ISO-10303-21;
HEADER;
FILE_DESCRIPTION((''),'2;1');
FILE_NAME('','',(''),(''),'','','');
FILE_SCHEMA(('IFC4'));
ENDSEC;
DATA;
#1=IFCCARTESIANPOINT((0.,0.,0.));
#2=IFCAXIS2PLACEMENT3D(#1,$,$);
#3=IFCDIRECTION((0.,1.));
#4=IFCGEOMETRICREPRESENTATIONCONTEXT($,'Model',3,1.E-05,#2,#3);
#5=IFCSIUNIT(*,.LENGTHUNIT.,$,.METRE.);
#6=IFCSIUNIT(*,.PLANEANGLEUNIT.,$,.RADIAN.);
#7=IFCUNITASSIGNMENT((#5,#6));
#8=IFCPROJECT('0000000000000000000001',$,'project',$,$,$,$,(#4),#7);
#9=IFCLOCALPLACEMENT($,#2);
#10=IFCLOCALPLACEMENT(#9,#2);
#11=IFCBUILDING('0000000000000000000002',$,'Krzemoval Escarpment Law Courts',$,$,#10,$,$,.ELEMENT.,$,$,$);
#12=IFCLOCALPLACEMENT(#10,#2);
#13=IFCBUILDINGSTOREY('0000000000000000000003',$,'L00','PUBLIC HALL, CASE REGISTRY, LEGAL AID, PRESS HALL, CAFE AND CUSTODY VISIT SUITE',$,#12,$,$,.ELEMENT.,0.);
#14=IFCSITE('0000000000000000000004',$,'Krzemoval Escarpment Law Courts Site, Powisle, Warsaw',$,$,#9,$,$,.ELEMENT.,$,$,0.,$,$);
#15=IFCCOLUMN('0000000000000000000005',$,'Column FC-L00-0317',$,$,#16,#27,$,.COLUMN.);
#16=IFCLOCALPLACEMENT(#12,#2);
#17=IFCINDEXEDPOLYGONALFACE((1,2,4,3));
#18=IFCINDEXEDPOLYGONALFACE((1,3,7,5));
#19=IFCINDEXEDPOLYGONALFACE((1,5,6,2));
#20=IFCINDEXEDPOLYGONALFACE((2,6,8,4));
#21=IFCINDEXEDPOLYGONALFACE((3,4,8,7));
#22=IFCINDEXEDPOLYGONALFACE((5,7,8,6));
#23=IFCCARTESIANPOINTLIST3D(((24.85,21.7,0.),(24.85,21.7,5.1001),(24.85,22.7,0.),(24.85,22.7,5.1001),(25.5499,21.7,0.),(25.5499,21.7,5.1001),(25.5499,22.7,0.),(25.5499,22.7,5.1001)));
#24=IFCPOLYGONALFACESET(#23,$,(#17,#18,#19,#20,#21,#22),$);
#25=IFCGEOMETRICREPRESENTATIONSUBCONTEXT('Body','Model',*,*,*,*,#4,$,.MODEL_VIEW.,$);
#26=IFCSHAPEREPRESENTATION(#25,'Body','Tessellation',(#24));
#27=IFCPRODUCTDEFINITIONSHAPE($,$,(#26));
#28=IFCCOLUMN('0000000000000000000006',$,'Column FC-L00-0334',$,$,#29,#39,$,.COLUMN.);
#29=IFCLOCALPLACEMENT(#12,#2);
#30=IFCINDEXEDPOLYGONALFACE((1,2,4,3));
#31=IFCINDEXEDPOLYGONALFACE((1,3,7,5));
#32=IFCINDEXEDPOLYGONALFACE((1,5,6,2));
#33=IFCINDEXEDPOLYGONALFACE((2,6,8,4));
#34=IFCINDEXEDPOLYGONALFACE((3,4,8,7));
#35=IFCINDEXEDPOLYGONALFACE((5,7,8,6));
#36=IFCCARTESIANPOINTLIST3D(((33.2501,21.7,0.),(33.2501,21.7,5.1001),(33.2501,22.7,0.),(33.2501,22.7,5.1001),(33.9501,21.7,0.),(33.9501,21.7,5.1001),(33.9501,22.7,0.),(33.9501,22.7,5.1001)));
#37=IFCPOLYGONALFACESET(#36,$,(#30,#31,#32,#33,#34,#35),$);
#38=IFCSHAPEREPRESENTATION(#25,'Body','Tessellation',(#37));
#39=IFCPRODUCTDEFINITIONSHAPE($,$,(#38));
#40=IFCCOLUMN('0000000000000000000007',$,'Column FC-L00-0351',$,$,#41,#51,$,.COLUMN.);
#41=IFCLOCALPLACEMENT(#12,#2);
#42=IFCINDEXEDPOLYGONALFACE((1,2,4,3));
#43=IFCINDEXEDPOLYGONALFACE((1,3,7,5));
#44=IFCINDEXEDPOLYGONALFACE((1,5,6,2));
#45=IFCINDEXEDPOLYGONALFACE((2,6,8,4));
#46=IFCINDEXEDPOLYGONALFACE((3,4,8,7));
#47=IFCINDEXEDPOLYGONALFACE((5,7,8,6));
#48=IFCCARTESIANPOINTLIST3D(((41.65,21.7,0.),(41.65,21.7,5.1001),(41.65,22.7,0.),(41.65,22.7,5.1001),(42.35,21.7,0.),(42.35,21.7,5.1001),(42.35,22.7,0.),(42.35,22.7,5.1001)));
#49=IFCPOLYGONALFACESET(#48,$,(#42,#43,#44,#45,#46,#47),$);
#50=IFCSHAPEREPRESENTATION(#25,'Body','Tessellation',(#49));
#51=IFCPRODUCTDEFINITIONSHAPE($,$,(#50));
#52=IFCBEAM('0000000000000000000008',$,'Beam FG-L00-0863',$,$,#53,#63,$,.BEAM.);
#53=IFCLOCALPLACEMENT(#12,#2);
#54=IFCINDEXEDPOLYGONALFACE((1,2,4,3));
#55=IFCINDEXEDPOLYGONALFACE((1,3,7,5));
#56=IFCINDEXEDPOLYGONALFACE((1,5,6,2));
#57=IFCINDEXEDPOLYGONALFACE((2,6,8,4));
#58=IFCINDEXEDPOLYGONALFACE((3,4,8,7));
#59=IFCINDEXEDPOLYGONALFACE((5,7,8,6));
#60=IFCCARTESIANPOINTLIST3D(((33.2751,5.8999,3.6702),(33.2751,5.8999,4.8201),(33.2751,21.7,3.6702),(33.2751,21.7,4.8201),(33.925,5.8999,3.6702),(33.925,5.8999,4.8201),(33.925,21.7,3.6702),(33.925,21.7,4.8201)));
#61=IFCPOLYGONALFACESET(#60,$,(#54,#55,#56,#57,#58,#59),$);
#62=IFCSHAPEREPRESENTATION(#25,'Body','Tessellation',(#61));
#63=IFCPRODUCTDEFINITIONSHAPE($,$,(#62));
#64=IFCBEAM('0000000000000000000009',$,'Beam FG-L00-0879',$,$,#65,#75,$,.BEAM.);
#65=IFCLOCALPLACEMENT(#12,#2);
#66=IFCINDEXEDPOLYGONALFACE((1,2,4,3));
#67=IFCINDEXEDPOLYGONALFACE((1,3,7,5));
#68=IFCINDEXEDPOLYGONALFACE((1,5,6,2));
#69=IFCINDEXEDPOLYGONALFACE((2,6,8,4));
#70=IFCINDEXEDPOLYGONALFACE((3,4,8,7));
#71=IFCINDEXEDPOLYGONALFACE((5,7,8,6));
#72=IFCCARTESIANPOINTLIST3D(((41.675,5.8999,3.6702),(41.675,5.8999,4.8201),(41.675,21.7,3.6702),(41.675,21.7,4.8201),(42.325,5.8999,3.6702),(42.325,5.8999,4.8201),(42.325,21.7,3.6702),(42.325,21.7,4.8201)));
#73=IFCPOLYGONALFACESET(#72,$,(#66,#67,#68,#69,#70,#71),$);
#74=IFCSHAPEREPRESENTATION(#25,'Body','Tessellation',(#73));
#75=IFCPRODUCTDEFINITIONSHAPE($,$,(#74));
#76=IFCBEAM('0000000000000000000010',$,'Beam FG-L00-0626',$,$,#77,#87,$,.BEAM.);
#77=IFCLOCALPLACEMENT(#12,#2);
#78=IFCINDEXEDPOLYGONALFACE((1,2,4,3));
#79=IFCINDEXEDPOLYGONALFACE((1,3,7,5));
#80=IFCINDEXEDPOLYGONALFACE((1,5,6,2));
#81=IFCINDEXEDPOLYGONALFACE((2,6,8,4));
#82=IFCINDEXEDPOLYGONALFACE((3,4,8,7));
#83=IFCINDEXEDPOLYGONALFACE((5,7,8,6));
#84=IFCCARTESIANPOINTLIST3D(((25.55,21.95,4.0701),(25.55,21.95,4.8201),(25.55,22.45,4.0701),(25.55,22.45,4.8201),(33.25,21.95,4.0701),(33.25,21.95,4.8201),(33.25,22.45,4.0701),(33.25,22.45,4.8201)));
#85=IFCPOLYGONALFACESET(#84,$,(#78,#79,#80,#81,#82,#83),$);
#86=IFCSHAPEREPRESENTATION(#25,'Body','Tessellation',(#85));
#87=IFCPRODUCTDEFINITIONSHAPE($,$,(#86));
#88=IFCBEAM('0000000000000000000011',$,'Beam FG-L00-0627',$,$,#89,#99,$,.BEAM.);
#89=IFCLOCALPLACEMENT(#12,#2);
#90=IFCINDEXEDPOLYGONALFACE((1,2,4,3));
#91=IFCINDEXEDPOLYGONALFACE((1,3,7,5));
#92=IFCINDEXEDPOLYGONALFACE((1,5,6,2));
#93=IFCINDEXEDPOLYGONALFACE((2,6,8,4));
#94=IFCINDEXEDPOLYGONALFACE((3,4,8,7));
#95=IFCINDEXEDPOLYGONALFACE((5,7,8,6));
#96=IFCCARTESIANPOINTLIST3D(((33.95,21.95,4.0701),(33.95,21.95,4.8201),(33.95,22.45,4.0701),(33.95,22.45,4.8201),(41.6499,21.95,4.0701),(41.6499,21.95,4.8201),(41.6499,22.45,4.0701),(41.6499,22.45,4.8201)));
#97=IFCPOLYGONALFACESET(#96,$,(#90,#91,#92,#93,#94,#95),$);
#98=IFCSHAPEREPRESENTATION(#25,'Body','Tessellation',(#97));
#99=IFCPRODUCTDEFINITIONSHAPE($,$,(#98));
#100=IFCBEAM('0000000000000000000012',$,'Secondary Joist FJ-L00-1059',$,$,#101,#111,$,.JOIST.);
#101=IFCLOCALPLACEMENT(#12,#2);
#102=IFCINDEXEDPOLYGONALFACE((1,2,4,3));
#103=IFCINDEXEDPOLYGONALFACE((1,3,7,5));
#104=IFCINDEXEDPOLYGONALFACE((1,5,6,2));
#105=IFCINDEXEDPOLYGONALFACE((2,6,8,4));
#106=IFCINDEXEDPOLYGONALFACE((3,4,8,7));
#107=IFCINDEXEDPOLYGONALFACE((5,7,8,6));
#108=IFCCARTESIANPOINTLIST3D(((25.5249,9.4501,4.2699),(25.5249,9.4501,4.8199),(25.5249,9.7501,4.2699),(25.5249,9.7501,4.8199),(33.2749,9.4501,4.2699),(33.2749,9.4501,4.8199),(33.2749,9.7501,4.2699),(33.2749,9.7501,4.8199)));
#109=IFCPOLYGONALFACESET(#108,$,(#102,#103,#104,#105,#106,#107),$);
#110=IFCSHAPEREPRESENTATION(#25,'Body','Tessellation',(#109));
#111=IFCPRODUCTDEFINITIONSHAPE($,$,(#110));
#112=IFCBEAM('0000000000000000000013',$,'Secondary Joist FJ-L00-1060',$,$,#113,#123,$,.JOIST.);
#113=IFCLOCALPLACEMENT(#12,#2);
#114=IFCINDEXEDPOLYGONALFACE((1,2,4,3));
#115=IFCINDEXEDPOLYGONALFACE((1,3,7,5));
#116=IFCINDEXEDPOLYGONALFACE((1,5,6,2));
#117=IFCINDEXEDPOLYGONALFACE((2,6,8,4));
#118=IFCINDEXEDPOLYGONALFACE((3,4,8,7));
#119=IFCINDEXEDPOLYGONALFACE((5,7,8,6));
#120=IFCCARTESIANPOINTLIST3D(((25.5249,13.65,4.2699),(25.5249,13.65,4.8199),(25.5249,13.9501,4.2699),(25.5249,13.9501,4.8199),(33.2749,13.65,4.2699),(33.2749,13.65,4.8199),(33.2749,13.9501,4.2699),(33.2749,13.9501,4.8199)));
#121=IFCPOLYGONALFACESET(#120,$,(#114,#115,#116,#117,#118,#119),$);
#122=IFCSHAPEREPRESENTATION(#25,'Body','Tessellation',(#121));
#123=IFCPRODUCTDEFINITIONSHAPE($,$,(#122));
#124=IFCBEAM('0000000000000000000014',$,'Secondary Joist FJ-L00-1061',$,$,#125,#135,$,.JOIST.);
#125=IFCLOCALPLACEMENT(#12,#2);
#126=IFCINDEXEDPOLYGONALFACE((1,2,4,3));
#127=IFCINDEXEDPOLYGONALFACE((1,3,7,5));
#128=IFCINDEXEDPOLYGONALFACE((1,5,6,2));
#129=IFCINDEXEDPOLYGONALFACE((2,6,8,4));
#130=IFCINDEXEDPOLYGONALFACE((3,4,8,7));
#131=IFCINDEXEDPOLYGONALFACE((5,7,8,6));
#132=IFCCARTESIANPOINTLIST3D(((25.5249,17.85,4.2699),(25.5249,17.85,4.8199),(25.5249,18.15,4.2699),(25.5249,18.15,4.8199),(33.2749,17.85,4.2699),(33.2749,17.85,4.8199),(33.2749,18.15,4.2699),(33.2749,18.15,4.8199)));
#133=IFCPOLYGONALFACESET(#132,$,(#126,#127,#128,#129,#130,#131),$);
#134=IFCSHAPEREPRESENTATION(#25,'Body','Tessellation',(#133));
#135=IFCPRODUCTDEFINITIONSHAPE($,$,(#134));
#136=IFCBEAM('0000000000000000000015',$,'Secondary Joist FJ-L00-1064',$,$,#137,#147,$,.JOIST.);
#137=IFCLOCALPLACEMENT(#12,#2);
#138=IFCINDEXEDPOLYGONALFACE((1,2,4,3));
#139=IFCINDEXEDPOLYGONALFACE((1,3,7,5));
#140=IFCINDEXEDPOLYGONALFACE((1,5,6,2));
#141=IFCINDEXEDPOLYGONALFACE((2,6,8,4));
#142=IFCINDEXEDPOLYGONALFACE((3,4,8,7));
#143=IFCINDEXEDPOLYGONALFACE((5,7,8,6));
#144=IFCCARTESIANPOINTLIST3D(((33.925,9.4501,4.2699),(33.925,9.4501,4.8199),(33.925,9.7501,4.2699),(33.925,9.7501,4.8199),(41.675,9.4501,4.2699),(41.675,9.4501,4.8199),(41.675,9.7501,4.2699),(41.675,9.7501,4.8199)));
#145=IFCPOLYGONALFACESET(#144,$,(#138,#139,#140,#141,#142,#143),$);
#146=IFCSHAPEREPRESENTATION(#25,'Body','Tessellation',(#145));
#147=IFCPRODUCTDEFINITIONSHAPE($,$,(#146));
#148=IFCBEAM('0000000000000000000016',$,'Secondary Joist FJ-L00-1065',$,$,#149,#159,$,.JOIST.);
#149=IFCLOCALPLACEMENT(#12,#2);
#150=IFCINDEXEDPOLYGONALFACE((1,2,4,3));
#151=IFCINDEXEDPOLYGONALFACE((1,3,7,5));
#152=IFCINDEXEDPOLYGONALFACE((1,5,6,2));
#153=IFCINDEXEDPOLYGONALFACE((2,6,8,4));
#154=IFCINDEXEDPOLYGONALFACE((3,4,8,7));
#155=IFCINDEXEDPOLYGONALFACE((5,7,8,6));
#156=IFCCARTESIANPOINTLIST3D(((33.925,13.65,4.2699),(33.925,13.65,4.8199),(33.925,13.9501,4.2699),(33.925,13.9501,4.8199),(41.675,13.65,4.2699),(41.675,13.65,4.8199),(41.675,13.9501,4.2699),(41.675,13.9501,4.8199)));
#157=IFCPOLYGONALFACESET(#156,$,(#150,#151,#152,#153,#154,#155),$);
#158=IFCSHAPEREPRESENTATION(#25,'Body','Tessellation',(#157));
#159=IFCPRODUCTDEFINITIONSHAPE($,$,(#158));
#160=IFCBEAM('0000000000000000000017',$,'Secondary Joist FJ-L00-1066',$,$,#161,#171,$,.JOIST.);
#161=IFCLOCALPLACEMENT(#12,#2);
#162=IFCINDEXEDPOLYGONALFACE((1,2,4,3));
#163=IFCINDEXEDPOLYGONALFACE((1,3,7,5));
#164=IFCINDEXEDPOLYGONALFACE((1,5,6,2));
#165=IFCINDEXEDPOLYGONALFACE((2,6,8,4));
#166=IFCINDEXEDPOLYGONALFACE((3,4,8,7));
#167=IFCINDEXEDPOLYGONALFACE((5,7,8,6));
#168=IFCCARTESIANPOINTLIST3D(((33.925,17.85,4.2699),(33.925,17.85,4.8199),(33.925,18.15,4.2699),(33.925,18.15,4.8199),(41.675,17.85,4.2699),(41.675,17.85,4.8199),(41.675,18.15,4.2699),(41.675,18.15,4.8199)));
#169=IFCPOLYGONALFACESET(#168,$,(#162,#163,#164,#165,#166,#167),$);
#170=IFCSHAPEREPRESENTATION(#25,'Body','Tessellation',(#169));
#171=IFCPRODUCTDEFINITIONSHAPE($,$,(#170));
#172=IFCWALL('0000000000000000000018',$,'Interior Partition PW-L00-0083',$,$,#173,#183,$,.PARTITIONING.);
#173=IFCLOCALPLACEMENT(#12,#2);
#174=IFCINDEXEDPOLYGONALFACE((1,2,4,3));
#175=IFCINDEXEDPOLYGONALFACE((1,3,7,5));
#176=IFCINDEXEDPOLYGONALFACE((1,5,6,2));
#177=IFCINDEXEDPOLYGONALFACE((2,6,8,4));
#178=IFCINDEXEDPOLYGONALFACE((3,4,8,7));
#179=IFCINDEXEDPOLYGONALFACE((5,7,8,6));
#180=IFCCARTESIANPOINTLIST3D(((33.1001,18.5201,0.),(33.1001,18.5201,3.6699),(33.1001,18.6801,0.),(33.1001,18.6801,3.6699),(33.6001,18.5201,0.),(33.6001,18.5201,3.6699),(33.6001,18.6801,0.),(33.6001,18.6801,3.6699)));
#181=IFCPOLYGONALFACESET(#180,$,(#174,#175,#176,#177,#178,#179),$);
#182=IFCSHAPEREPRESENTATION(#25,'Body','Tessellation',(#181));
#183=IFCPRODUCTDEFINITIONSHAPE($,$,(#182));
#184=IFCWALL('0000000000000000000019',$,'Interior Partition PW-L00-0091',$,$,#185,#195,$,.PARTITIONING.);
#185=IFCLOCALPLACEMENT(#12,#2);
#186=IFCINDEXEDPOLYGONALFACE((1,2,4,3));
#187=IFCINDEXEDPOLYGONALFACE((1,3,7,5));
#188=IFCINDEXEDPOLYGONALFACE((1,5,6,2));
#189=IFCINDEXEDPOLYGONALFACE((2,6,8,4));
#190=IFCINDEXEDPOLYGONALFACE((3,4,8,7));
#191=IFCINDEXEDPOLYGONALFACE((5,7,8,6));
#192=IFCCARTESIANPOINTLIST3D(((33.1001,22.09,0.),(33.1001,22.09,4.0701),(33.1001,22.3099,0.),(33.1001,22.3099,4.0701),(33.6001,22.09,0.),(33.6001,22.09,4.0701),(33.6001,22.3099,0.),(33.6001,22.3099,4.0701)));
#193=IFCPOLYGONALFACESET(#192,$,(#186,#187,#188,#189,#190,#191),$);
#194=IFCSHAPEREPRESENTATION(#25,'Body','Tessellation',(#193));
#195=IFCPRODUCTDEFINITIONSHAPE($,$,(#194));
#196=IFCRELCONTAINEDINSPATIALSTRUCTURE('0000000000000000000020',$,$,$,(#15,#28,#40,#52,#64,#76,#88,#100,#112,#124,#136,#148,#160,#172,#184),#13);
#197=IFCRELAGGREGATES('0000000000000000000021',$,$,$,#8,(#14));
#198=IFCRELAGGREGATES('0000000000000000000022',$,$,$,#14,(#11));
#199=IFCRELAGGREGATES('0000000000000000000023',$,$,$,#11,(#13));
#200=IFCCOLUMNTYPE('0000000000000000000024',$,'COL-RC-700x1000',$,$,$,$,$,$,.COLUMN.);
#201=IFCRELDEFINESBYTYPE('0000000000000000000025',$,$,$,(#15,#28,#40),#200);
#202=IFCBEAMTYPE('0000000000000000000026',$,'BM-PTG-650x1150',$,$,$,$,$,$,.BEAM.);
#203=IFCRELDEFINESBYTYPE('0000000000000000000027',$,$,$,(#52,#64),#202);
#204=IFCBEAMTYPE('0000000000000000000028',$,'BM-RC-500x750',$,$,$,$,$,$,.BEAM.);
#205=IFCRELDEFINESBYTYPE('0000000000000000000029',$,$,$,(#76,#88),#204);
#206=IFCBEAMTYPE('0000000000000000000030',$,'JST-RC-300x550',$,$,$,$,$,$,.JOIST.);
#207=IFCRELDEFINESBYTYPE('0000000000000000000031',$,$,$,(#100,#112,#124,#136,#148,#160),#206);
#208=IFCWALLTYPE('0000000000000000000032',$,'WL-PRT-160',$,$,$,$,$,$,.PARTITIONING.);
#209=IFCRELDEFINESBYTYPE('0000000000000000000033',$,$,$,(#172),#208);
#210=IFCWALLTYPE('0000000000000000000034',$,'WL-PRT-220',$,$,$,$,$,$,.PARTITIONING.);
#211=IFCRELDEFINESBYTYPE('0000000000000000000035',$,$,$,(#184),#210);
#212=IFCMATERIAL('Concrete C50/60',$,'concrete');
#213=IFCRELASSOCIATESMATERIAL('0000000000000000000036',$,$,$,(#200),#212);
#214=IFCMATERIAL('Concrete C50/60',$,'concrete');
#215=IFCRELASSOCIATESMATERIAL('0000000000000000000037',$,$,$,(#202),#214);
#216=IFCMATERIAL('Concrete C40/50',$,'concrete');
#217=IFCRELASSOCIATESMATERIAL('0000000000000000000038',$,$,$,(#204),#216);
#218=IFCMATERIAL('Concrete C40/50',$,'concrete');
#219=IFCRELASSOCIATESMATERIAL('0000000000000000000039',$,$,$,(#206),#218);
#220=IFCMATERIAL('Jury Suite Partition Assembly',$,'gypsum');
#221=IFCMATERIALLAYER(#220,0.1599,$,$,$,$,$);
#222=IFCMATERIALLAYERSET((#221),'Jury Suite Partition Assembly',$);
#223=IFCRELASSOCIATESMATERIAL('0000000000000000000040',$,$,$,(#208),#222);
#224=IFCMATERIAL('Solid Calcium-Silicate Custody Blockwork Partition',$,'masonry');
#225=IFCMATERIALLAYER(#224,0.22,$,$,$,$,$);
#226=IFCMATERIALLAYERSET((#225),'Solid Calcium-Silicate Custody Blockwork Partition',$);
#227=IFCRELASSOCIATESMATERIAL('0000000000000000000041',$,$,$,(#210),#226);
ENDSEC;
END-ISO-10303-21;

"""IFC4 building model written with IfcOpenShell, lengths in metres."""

from ifc_helpers import new_model, si_unit, direction, frame, frame_2d, origin, origin_2d, place, context, subcontext, project, spatial, rectangle, extrude, material, layer, layer_set, material_profile, profile_set, type_object, element, save


model = new_model("IFC4")

# Units and contexts
model_context = context("Model", 3, precision=1e-05, world=origin(), true_north=direction((0.0, 1.0)))
body_context = subcontext(model_context, "Body", "Model", "MODEL_VIEW")
ifc_project = project(units=[si_unit("LENGTHUNIT", "METRE"), si_unit("PLANEANGLEUNIT", "RADIAN")], contexts=[model_context])

# Site, building, storey
site_placement = place(None, origin())
site = spatial("IfcSite", under=ifc_project, at=site_placement, Name="Krzemoval Escarpment Law Courts Site, Powisle, Warsaw", CompositionType="ELEMENT", RefElevation=0.0)
building_placement = place(site_placement, origin())
building = spatial("IfcBuilding", under=site, at=building_placement, Name="Krzemoval Escarpment Law Courts", CompositionType="ELEMENT")
storey_placement = place(building_placement, origin())
storey = spatial("IfcBuildingStorey", under=building, at=storey_placement, Name="L00", Description="PUBLIC HALL, CASE REGISTRY, LEGAL AID, PRESS HALL, CAFE AND CUSTODY VISIT SUITE", CompositionType="ELEMENT", Elevation=0.0)

# Columns
ifc_material_1 = material(Name="Concrete C50/60", Category="concrete")
ifc_material_profile_1 = material_profile(ifc_material_1, rectangle(XDim=0.7, YDim=1.0, at=origin_2d()), Name="RC 700x1000")
ifc_profile_set_1 = profile_set([ifc_material_profile_1], Name="Concrete C50/60")
column_type = type_object("IfcColumnType", Name="COL-RC-700x1000", PredefinedType="COLUMN", material=ifc_profile_set_1)
for number, where, z_axis, x_axis, name in (
    (1, (25.2, 22.2, 0.0), (0.0, 0.0, 1.0), (1.0, 0.0, 0.0), "Column FC-L00-0317"),
    (2, (33.6001, 22.2, 0.0), (0.0, 0.0, 1.0), (1.0, 0.0, 0.0), "Column FC-L00-0334"),
    (3, (42.0, 22.2, 0.0), (0.0, 0.0, 1.0), (1.0, 0.0, 0.0), "Column FC-L00-0351"),
):
    element("IfcColumn", number, at=place(storey_placement, frame(where, z_axis=z_axis, x_axis=x_axis)), inside=storey, type_object=column_type, Name=name, PredefinedType="COLUMN", context=body_context, shape_type="SweptSolid", body=[
        extrude(rectangle(XDim=0.7, YDim=1.0, at=origin_2d()), origin(), (0.0, 0.0, 1.0), 5.1001),
    ])

# Beams
ifc_material_2 = material(Name="Concrete C50/60", Category="concrete")
ifc_material_profile_2 = material_profile(ifc_material_2, rectangle(XDim=0.6499, YDim=1.1499, at=origin_2d()), Name="PTG 650x1150")
ifc_profile_set_2 = profile_set([ifc_material_profile_2], Name="Concrete C50/60")
beam_type_1 = type_object("IfcBeamType", Name="BM-PTG-650x1150", PredefinedType="BEAM", material=ifc_profile_set_2)
for number, where, z_axis, x_axis, name in (
    (4, (33.6001, 5.8999, 4.2451), (0.0, 1.0, 0.0), (-1.0, 0.0, 0.0), "Beam FG-L00-0863"),
    (5, (42.0, 5.8999, 4.2451), (0.0, 1.0, 0.0), (-1.0, 0.0, 0.0), "Beam FG-L00-0879"),
):
    element("IfcBeam", number, at=place(storey_placement, frame(where, z_axis=z_axis, x_axis=x_axis)), inside=storey, type_object=beam_type_1, Name=name, PredefinedType="BEAM", context=body_context, shape_type="SweptSolid", body=[
        extrude(rectangle(XDim=0.6499, YDim=1.1499, at=origin_2d()), origin(), (0.0, 0.0, 1.0), 15.8),
    ])
ifc_material_3 = material(Name="Concrete C40/50", Category="concrete")
ifc_material_profile_3 = material_profile(ifc_material_3, rectangle(XDim=0.5, YDim=0.75, at=origin_2d()), Name="RCB 500x750")
ifc_profile_set_3 = profile_set([ifc_material_profile_3], Name="Concrete C40/50")
beam_type_2 = type_object("IfcBeamType", Name="BM-RC-500x750", PredefinedType="BEAM", material=ifc_profile_set_3)
for number, where, z_axis, x_axis, name in (
    (6, (25.55, 22.2, 4.4451), (1.0, 0.0, 0.0), (0.0, 1.0, 0.0), "Beam FG-L00-0626"),
    (7, (33.95, 22.2, 4.4451), (1.0, 0.0, 0.0), (0.0, 1.0, 0.0), "Beam FG-L00-0627"),
):
    element("IfcBeam", number, at=place(storey_placement, frame(where, z_axis=z_axis, x_axis=x_axis)), inside=storey, type_object=beam_type_2, Name=name, PredefinedType="BEAM", context=body_context, shape_type="SweptSolid", body=[
        extrude(rectangle(XDim=0.5, YDim=0.75, at=origin_2d()), origin(), (0.0, 0.0, 1.0), 7.7),
    ])
ifc_material_4 = material(Name="Concrete C40/50", Category="concrete")
ifc_material_profile_4 = material_profile(ifc_material_4, rectangle(XDim=0.3, YDim=0.55, at=origin_2d()), Name="RCB 300x550")
ifc_profile_set_4 = profile_set([ifc_material_profile_4], Name="Concrete C40/50")
beam_type_3 = type_object("IfcBeamType", Name="JST-RC-300x550", PredefinedType="JOIST", material=ifc_profile_set_4)
for number, where, z_axis, x_axis, name in (
    (8, (25.5249, 9.6001, 4.5449), (1.0, 0.0, 0.0), (0.0, 1.0, 0.0), "Secondary Joist FJ-L00-1059"),
    (9, (25.5249, 13.8, 4.5449), (1.0, 0.0, 0.0), (0.0, 1.0, 0.0), "Secondary Joist FJ-L00-1060"),
    (10, (25.5249, 18.0, 4.5449), (1.0, 0.0, 0.0), (0.0, 1.0, 0.0), "Secondary Joist FJ-L00-1061"),
    (11, (33.925, 9.6001, 4.5449), (1.0, 0.0, 0.0), (0.0, 1.0, 0.0), "Secondary Joist FJ-L00-1064"),
    (12, (33.925, 13.8, 4.5449), (1.0, 0.0, 0.0), (0.0, 1.0, 0.0), "Secondary Joist FJ-L00-1065"),
    (13, (33.925, 18.0, 4.5449), (1.0, 0.0, 0.0), (0.0, 1.0, 0.0), "Secondary Joist FJ-L00-1066"),
):
    element("IfcBeam", number, at=place(storey_placement, frame(where, z_axis=z_axis, x_axis=x_axis)), inside=storey, type_object=beam_type_3, Name=name, PredefinedType="JOIST", context=body_context, shape_type="SweptSolid", body=[
        extrude(rectangle(XDim=0.3, YDim=0.55, at=origin_2d()), origin(), (0.0, 0.0, 1.0), 7.75),
    ])

# Walls
ifc_material_5 = material(Name="Jury Suite Partition Assembly", Category="gypsum")
ifc_layer_1 = layer(ifc_material_5, 0.1599)
ifc_layer_set_1 = layer_set([ifc_layer_1], Name="Jury Suite Partition Assembly")
wall_type_1 = type_object("IfcWallType", Name="WL-PRT-160", PredefinedType="PARTITIONING", material=ifc_layer_set_1)
wall_1_placement = place(storey_placement, frame((33.1001, 18.6001, 0.0), z_axis=(0.0, 0.0, 1.0), x_axis=(1.0, 0.0, 0.0)))
element("IfcWall", 14, at=wall_1_placement, inside=storey, type_object=wall_type_1, Name="Interior Partition PW-L00-0083", PredefinedType="PARTITIONING", context=body_context, shape_type="SweptSolid", body=[
    extrude(rectangle(XDim=0.5, YDim=0.1599, at=frame_2d((0.25, 0.0))), origin(), (0.0, 0.0, 1.0), 3.6699),
])
ifc_material_6 = material(Name="Solid Calcium-Silicate Custody Blockwork Partition", Category="masonry")
ifc_layer_2 = layer(ifc_material_6, 0.22)
ifc_layer_set_2 = layer_set([ifc_layer_2], Name="Solid Calcium-Silicate Custody Blockwork Partition")
wall_type_2 = type_object("IfcWallType", Name="WL-PRT-220", PredefinedType="PARTITIONING", material=ifc_layer_set_2)
wall_2_placement = place(storey_placement, frame((33.1001, 22.2, 0.0), z_axis=(0.0, 0.0, 1.0), x_axis=(1.0, 0.0, 0.0)))
element("IfcWall", 15, at=wall_2_placement, inside=storey, type_object=wall_type_2, Name="Interior Partition PW-L00-0091", PredefinedType="PARTITIONING", context=body_context, shape_type="SweptSolid", body=[
    extrude(rectangle(XDim=0.5, YDim=0.22, at=frame_2d((0.25, 0.0))), origin(), (0.0, 0.0, 1.0), 4.0701),
])

save(model, "model.ifc")
